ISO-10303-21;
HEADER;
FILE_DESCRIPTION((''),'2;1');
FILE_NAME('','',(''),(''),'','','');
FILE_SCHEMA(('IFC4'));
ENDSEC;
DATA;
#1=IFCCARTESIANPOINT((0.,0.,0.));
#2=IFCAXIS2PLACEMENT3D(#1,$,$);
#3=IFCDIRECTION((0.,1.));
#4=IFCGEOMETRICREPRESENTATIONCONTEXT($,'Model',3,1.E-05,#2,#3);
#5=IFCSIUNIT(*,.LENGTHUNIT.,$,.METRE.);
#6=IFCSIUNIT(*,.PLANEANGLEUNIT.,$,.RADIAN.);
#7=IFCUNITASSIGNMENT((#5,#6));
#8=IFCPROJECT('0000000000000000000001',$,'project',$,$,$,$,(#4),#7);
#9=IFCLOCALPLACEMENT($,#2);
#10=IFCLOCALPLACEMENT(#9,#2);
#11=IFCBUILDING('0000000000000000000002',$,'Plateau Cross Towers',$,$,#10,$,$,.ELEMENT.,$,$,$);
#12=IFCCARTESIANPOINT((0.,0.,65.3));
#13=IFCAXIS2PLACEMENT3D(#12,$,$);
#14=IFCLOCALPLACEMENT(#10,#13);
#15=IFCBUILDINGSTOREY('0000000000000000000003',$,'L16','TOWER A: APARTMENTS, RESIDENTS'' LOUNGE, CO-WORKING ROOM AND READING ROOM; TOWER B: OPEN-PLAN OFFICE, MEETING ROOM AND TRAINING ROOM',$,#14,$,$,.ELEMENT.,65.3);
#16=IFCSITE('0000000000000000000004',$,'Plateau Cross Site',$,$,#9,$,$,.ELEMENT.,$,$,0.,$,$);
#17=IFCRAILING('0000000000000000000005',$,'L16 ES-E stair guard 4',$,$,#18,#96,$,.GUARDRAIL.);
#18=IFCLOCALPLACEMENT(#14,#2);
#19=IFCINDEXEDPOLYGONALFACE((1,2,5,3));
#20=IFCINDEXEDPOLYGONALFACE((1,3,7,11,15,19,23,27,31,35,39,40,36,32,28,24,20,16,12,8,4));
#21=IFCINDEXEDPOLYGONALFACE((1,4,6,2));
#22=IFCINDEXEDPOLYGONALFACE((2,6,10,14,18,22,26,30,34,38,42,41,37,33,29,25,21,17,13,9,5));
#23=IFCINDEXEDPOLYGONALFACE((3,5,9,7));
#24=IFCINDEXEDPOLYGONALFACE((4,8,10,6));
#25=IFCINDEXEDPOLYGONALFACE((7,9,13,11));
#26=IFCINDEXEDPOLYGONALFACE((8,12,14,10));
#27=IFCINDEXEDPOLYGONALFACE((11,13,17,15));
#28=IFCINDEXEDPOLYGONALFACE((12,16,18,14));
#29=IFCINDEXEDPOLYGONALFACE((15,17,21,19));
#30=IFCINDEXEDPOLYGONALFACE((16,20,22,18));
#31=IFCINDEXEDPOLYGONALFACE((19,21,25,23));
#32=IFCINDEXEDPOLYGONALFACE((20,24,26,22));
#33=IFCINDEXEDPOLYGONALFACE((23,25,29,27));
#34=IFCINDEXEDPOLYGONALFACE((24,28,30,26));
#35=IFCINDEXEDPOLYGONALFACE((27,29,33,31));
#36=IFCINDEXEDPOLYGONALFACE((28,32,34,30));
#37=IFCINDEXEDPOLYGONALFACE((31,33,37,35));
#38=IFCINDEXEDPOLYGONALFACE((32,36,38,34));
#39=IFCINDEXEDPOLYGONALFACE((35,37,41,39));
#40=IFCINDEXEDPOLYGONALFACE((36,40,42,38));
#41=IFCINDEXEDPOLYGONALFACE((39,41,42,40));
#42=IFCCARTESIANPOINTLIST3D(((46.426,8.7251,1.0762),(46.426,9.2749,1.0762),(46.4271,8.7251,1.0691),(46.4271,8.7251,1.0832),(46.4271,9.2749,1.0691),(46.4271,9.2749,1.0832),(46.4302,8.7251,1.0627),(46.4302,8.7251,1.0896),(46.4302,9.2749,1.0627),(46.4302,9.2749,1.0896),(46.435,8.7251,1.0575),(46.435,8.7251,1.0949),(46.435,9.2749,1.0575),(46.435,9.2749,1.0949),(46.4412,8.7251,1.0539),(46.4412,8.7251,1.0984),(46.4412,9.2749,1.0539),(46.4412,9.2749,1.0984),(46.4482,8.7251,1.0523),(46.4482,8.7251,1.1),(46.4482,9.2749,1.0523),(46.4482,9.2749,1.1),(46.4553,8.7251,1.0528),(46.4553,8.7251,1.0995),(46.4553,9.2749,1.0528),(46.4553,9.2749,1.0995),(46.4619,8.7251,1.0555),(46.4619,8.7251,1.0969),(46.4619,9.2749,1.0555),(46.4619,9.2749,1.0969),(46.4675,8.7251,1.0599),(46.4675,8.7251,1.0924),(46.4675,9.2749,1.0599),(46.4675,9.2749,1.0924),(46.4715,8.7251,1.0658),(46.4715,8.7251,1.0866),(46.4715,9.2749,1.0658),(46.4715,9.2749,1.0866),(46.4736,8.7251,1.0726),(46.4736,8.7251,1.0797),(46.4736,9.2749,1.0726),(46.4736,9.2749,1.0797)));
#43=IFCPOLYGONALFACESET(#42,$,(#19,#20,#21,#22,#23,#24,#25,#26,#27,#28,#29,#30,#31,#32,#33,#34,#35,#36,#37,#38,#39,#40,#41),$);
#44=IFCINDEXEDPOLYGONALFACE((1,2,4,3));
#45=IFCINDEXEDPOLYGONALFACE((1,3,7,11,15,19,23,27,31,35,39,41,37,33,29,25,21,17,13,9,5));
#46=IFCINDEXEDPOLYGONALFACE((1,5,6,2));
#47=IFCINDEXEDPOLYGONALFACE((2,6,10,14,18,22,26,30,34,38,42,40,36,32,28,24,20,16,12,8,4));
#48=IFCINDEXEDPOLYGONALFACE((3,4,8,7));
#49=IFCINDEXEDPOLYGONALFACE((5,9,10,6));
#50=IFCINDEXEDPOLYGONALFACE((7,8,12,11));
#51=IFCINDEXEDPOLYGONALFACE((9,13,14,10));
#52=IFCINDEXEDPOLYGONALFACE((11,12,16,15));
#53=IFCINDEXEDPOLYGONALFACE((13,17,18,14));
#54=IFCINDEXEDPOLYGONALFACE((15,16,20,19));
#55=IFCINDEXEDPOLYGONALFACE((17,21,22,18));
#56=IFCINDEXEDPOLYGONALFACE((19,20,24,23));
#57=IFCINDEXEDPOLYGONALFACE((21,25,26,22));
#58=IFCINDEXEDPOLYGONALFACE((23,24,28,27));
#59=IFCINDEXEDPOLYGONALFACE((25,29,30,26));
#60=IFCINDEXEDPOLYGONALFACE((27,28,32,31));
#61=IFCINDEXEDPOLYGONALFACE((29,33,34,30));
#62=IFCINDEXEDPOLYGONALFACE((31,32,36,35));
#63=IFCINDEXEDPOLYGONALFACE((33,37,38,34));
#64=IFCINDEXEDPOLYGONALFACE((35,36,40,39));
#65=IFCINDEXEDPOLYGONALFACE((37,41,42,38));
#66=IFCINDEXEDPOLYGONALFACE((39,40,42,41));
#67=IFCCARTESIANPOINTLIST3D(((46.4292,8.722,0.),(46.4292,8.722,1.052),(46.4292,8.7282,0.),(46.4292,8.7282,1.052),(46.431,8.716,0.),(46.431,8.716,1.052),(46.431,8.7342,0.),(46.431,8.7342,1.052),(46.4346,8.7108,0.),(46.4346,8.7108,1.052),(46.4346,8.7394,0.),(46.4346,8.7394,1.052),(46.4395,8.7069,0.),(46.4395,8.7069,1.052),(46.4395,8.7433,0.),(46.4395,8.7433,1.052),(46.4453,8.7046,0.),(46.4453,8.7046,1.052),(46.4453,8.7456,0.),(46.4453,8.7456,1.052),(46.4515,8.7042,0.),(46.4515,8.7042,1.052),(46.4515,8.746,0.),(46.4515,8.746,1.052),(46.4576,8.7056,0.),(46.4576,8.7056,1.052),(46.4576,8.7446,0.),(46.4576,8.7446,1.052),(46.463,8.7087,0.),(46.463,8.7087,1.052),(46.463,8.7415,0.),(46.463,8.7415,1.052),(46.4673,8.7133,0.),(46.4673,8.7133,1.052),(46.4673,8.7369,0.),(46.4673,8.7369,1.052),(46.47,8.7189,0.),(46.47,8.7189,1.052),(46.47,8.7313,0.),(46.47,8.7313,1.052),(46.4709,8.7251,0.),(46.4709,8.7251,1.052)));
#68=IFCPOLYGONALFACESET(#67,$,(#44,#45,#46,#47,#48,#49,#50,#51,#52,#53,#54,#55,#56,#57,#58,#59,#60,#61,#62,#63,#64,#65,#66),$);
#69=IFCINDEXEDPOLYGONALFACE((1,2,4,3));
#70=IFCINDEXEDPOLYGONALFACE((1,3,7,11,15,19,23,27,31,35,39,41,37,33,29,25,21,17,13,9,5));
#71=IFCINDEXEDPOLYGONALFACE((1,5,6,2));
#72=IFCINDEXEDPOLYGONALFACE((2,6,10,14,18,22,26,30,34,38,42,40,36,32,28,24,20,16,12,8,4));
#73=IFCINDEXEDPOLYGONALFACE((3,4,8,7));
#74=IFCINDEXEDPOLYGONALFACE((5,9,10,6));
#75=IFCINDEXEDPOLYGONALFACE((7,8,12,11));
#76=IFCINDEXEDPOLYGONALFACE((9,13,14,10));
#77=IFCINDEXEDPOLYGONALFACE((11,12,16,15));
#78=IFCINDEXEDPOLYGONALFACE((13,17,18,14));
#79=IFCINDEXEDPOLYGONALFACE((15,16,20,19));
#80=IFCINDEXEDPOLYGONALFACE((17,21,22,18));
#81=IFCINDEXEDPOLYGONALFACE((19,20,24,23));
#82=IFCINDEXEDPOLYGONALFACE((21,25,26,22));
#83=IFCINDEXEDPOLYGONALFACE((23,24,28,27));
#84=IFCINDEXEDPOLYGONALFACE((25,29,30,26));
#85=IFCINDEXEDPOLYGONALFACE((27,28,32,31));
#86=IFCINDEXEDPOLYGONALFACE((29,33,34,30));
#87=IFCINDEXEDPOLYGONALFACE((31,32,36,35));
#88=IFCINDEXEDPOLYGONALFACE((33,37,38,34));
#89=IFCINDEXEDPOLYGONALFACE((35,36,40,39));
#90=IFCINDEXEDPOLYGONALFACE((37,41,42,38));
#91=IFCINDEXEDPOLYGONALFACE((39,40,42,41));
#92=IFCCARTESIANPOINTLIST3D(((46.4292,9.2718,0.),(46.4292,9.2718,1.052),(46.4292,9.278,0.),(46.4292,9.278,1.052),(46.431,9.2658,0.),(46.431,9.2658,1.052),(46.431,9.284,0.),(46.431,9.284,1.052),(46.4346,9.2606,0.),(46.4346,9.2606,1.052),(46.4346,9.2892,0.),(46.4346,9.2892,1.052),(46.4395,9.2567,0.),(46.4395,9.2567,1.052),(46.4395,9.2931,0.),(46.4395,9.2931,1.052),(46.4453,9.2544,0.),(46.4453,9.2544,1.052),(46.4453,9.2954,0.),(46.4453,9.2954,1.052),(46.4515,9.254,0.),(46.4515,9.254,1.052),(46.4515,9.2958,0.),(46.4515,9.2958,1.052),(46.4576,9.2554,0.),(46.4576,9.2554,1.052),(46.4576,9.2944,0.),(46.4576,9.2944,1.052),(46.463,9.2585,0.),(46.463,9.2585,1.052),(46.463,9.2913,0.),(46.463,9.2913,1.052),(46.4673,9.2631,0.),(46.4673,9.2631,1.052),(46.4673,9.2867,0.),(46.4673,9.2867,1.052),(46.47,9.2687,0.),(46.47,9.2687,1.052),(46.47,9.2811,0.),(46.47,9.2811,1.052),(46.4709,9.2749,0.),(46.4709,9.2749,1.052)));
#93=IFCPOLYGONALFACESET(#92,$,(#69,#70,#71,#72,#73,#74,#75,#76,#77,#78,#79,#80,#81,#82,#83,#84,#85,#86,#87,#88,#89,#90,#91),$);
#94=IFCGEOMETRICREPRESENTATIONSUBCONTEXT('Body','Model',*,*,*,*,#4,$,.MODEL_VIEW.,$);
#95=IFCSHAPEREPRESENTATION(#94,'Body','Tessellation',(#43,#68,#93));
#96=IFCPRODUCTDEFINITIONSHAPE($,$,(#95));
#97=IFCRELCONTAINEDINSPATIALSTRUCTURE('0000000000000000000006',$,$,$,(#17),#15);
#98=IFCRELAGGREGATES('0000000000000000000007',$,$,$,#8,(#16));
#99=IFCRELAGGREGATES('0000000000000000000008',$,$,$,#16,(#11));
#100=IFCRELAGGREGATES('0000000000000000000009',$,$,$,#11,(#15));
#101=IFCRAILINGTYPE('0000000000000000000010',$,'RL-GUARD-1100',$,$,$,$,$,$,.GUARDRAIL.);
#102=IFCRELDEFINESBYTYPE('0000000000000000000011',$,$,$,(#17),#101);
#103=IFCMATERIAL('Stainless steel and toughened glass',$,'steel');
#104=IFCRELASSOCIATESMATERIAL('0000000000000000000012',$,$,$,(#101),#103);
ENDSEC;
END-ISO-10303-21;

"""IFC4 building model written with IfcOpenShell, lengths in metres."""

from ifc_helpers import new_model, si_unit, direction, frame, origin, origin_2d, place, context, subcontext, project, spatial, circle, extrude, material, type_object, element, save


model = new_model("IFC4")

# Units and contexts
model_context = context("Model", 3, precision=1e-05, world=origin(), true_north=direction((0.0, 1.0)))
body_context = subcontext(model_context, "Body", "Model", "MODEL_VIEW")
ifc_project = project(units=[si_unit("LENGTHUNIT", "METRE"), si_unit("PLANEANGLEUNIT", "RADIAN")], contexts=[model_context])

# Site, building, storey
site_placement = place(None, origin())
site = spatial("IfcSite", under=ifc_project, at=site_placement, Name="Plateau Cross Site", CompositionType="ELEMENT", RefElevation=0.0)
building_placement = place(site_placement, origin())
building = spatial("IfcBuilding", under=site, at=building_placement, Name="Plateau Cross Towers", CompositionType="ELEMENT")
storey_placement = place(building_placement, frame((0.0, 0.0, 65.3)))
storey = spatial("IfcBuildingStorey", under=building, at=storey_placement, Name="L16", Description="TOWER A: APARTMENTS, RESIDENTS' LOUNGE, CO-WORKING ROOM AND READING ROOM; TOWER B: OPEN-PLAN OFFICE, MEETING ROOM AND TRAINING ROOM", CompositionType="ELEMENT", Elevation=65.3)

# Railing
ifc_material_1 = material(Name="Stainless steel and toughened glass", Category="steel")
railing_type_1 = type_object("IfcRailingType", Name="RL-GUARD-1100", PredefinedType="GUARDRAIL", material=ifc_material_1)
railing_1_placement = place(storey_placement, frame((46.45, 8.7251, 0.0)))
element("IfcRailing", 1, at=railing_1_placement, inside=storey, type_object=railing_type_1, Name="L16 ES-E stair guard 4", PredefinedType="GUARDRAIL", context=body_context, shape_type="SweptSolid", body=[
    extrude(circle(Radius=0.0239, at=origin_2d()), frame((0.0, 0.0, 1.0762), z_axis=(0.0, 1.0, 0.0), x_axis=(-1.0, 0.0, 0.0)), (0.0, 0.0, 1.0), 0.5498),
    extrude(circle(Radius=0.021, at=origin_2d()), origin(), (0.0, 0.0, 1.0), 1.052),
    extrude(circle(Radius=0.021, at=origin_2d()), frame((0.0, 0.5498, 0.0)), (0.0, 0.0, 1.0), 1.052),
])

save(model, "model.ifc")
